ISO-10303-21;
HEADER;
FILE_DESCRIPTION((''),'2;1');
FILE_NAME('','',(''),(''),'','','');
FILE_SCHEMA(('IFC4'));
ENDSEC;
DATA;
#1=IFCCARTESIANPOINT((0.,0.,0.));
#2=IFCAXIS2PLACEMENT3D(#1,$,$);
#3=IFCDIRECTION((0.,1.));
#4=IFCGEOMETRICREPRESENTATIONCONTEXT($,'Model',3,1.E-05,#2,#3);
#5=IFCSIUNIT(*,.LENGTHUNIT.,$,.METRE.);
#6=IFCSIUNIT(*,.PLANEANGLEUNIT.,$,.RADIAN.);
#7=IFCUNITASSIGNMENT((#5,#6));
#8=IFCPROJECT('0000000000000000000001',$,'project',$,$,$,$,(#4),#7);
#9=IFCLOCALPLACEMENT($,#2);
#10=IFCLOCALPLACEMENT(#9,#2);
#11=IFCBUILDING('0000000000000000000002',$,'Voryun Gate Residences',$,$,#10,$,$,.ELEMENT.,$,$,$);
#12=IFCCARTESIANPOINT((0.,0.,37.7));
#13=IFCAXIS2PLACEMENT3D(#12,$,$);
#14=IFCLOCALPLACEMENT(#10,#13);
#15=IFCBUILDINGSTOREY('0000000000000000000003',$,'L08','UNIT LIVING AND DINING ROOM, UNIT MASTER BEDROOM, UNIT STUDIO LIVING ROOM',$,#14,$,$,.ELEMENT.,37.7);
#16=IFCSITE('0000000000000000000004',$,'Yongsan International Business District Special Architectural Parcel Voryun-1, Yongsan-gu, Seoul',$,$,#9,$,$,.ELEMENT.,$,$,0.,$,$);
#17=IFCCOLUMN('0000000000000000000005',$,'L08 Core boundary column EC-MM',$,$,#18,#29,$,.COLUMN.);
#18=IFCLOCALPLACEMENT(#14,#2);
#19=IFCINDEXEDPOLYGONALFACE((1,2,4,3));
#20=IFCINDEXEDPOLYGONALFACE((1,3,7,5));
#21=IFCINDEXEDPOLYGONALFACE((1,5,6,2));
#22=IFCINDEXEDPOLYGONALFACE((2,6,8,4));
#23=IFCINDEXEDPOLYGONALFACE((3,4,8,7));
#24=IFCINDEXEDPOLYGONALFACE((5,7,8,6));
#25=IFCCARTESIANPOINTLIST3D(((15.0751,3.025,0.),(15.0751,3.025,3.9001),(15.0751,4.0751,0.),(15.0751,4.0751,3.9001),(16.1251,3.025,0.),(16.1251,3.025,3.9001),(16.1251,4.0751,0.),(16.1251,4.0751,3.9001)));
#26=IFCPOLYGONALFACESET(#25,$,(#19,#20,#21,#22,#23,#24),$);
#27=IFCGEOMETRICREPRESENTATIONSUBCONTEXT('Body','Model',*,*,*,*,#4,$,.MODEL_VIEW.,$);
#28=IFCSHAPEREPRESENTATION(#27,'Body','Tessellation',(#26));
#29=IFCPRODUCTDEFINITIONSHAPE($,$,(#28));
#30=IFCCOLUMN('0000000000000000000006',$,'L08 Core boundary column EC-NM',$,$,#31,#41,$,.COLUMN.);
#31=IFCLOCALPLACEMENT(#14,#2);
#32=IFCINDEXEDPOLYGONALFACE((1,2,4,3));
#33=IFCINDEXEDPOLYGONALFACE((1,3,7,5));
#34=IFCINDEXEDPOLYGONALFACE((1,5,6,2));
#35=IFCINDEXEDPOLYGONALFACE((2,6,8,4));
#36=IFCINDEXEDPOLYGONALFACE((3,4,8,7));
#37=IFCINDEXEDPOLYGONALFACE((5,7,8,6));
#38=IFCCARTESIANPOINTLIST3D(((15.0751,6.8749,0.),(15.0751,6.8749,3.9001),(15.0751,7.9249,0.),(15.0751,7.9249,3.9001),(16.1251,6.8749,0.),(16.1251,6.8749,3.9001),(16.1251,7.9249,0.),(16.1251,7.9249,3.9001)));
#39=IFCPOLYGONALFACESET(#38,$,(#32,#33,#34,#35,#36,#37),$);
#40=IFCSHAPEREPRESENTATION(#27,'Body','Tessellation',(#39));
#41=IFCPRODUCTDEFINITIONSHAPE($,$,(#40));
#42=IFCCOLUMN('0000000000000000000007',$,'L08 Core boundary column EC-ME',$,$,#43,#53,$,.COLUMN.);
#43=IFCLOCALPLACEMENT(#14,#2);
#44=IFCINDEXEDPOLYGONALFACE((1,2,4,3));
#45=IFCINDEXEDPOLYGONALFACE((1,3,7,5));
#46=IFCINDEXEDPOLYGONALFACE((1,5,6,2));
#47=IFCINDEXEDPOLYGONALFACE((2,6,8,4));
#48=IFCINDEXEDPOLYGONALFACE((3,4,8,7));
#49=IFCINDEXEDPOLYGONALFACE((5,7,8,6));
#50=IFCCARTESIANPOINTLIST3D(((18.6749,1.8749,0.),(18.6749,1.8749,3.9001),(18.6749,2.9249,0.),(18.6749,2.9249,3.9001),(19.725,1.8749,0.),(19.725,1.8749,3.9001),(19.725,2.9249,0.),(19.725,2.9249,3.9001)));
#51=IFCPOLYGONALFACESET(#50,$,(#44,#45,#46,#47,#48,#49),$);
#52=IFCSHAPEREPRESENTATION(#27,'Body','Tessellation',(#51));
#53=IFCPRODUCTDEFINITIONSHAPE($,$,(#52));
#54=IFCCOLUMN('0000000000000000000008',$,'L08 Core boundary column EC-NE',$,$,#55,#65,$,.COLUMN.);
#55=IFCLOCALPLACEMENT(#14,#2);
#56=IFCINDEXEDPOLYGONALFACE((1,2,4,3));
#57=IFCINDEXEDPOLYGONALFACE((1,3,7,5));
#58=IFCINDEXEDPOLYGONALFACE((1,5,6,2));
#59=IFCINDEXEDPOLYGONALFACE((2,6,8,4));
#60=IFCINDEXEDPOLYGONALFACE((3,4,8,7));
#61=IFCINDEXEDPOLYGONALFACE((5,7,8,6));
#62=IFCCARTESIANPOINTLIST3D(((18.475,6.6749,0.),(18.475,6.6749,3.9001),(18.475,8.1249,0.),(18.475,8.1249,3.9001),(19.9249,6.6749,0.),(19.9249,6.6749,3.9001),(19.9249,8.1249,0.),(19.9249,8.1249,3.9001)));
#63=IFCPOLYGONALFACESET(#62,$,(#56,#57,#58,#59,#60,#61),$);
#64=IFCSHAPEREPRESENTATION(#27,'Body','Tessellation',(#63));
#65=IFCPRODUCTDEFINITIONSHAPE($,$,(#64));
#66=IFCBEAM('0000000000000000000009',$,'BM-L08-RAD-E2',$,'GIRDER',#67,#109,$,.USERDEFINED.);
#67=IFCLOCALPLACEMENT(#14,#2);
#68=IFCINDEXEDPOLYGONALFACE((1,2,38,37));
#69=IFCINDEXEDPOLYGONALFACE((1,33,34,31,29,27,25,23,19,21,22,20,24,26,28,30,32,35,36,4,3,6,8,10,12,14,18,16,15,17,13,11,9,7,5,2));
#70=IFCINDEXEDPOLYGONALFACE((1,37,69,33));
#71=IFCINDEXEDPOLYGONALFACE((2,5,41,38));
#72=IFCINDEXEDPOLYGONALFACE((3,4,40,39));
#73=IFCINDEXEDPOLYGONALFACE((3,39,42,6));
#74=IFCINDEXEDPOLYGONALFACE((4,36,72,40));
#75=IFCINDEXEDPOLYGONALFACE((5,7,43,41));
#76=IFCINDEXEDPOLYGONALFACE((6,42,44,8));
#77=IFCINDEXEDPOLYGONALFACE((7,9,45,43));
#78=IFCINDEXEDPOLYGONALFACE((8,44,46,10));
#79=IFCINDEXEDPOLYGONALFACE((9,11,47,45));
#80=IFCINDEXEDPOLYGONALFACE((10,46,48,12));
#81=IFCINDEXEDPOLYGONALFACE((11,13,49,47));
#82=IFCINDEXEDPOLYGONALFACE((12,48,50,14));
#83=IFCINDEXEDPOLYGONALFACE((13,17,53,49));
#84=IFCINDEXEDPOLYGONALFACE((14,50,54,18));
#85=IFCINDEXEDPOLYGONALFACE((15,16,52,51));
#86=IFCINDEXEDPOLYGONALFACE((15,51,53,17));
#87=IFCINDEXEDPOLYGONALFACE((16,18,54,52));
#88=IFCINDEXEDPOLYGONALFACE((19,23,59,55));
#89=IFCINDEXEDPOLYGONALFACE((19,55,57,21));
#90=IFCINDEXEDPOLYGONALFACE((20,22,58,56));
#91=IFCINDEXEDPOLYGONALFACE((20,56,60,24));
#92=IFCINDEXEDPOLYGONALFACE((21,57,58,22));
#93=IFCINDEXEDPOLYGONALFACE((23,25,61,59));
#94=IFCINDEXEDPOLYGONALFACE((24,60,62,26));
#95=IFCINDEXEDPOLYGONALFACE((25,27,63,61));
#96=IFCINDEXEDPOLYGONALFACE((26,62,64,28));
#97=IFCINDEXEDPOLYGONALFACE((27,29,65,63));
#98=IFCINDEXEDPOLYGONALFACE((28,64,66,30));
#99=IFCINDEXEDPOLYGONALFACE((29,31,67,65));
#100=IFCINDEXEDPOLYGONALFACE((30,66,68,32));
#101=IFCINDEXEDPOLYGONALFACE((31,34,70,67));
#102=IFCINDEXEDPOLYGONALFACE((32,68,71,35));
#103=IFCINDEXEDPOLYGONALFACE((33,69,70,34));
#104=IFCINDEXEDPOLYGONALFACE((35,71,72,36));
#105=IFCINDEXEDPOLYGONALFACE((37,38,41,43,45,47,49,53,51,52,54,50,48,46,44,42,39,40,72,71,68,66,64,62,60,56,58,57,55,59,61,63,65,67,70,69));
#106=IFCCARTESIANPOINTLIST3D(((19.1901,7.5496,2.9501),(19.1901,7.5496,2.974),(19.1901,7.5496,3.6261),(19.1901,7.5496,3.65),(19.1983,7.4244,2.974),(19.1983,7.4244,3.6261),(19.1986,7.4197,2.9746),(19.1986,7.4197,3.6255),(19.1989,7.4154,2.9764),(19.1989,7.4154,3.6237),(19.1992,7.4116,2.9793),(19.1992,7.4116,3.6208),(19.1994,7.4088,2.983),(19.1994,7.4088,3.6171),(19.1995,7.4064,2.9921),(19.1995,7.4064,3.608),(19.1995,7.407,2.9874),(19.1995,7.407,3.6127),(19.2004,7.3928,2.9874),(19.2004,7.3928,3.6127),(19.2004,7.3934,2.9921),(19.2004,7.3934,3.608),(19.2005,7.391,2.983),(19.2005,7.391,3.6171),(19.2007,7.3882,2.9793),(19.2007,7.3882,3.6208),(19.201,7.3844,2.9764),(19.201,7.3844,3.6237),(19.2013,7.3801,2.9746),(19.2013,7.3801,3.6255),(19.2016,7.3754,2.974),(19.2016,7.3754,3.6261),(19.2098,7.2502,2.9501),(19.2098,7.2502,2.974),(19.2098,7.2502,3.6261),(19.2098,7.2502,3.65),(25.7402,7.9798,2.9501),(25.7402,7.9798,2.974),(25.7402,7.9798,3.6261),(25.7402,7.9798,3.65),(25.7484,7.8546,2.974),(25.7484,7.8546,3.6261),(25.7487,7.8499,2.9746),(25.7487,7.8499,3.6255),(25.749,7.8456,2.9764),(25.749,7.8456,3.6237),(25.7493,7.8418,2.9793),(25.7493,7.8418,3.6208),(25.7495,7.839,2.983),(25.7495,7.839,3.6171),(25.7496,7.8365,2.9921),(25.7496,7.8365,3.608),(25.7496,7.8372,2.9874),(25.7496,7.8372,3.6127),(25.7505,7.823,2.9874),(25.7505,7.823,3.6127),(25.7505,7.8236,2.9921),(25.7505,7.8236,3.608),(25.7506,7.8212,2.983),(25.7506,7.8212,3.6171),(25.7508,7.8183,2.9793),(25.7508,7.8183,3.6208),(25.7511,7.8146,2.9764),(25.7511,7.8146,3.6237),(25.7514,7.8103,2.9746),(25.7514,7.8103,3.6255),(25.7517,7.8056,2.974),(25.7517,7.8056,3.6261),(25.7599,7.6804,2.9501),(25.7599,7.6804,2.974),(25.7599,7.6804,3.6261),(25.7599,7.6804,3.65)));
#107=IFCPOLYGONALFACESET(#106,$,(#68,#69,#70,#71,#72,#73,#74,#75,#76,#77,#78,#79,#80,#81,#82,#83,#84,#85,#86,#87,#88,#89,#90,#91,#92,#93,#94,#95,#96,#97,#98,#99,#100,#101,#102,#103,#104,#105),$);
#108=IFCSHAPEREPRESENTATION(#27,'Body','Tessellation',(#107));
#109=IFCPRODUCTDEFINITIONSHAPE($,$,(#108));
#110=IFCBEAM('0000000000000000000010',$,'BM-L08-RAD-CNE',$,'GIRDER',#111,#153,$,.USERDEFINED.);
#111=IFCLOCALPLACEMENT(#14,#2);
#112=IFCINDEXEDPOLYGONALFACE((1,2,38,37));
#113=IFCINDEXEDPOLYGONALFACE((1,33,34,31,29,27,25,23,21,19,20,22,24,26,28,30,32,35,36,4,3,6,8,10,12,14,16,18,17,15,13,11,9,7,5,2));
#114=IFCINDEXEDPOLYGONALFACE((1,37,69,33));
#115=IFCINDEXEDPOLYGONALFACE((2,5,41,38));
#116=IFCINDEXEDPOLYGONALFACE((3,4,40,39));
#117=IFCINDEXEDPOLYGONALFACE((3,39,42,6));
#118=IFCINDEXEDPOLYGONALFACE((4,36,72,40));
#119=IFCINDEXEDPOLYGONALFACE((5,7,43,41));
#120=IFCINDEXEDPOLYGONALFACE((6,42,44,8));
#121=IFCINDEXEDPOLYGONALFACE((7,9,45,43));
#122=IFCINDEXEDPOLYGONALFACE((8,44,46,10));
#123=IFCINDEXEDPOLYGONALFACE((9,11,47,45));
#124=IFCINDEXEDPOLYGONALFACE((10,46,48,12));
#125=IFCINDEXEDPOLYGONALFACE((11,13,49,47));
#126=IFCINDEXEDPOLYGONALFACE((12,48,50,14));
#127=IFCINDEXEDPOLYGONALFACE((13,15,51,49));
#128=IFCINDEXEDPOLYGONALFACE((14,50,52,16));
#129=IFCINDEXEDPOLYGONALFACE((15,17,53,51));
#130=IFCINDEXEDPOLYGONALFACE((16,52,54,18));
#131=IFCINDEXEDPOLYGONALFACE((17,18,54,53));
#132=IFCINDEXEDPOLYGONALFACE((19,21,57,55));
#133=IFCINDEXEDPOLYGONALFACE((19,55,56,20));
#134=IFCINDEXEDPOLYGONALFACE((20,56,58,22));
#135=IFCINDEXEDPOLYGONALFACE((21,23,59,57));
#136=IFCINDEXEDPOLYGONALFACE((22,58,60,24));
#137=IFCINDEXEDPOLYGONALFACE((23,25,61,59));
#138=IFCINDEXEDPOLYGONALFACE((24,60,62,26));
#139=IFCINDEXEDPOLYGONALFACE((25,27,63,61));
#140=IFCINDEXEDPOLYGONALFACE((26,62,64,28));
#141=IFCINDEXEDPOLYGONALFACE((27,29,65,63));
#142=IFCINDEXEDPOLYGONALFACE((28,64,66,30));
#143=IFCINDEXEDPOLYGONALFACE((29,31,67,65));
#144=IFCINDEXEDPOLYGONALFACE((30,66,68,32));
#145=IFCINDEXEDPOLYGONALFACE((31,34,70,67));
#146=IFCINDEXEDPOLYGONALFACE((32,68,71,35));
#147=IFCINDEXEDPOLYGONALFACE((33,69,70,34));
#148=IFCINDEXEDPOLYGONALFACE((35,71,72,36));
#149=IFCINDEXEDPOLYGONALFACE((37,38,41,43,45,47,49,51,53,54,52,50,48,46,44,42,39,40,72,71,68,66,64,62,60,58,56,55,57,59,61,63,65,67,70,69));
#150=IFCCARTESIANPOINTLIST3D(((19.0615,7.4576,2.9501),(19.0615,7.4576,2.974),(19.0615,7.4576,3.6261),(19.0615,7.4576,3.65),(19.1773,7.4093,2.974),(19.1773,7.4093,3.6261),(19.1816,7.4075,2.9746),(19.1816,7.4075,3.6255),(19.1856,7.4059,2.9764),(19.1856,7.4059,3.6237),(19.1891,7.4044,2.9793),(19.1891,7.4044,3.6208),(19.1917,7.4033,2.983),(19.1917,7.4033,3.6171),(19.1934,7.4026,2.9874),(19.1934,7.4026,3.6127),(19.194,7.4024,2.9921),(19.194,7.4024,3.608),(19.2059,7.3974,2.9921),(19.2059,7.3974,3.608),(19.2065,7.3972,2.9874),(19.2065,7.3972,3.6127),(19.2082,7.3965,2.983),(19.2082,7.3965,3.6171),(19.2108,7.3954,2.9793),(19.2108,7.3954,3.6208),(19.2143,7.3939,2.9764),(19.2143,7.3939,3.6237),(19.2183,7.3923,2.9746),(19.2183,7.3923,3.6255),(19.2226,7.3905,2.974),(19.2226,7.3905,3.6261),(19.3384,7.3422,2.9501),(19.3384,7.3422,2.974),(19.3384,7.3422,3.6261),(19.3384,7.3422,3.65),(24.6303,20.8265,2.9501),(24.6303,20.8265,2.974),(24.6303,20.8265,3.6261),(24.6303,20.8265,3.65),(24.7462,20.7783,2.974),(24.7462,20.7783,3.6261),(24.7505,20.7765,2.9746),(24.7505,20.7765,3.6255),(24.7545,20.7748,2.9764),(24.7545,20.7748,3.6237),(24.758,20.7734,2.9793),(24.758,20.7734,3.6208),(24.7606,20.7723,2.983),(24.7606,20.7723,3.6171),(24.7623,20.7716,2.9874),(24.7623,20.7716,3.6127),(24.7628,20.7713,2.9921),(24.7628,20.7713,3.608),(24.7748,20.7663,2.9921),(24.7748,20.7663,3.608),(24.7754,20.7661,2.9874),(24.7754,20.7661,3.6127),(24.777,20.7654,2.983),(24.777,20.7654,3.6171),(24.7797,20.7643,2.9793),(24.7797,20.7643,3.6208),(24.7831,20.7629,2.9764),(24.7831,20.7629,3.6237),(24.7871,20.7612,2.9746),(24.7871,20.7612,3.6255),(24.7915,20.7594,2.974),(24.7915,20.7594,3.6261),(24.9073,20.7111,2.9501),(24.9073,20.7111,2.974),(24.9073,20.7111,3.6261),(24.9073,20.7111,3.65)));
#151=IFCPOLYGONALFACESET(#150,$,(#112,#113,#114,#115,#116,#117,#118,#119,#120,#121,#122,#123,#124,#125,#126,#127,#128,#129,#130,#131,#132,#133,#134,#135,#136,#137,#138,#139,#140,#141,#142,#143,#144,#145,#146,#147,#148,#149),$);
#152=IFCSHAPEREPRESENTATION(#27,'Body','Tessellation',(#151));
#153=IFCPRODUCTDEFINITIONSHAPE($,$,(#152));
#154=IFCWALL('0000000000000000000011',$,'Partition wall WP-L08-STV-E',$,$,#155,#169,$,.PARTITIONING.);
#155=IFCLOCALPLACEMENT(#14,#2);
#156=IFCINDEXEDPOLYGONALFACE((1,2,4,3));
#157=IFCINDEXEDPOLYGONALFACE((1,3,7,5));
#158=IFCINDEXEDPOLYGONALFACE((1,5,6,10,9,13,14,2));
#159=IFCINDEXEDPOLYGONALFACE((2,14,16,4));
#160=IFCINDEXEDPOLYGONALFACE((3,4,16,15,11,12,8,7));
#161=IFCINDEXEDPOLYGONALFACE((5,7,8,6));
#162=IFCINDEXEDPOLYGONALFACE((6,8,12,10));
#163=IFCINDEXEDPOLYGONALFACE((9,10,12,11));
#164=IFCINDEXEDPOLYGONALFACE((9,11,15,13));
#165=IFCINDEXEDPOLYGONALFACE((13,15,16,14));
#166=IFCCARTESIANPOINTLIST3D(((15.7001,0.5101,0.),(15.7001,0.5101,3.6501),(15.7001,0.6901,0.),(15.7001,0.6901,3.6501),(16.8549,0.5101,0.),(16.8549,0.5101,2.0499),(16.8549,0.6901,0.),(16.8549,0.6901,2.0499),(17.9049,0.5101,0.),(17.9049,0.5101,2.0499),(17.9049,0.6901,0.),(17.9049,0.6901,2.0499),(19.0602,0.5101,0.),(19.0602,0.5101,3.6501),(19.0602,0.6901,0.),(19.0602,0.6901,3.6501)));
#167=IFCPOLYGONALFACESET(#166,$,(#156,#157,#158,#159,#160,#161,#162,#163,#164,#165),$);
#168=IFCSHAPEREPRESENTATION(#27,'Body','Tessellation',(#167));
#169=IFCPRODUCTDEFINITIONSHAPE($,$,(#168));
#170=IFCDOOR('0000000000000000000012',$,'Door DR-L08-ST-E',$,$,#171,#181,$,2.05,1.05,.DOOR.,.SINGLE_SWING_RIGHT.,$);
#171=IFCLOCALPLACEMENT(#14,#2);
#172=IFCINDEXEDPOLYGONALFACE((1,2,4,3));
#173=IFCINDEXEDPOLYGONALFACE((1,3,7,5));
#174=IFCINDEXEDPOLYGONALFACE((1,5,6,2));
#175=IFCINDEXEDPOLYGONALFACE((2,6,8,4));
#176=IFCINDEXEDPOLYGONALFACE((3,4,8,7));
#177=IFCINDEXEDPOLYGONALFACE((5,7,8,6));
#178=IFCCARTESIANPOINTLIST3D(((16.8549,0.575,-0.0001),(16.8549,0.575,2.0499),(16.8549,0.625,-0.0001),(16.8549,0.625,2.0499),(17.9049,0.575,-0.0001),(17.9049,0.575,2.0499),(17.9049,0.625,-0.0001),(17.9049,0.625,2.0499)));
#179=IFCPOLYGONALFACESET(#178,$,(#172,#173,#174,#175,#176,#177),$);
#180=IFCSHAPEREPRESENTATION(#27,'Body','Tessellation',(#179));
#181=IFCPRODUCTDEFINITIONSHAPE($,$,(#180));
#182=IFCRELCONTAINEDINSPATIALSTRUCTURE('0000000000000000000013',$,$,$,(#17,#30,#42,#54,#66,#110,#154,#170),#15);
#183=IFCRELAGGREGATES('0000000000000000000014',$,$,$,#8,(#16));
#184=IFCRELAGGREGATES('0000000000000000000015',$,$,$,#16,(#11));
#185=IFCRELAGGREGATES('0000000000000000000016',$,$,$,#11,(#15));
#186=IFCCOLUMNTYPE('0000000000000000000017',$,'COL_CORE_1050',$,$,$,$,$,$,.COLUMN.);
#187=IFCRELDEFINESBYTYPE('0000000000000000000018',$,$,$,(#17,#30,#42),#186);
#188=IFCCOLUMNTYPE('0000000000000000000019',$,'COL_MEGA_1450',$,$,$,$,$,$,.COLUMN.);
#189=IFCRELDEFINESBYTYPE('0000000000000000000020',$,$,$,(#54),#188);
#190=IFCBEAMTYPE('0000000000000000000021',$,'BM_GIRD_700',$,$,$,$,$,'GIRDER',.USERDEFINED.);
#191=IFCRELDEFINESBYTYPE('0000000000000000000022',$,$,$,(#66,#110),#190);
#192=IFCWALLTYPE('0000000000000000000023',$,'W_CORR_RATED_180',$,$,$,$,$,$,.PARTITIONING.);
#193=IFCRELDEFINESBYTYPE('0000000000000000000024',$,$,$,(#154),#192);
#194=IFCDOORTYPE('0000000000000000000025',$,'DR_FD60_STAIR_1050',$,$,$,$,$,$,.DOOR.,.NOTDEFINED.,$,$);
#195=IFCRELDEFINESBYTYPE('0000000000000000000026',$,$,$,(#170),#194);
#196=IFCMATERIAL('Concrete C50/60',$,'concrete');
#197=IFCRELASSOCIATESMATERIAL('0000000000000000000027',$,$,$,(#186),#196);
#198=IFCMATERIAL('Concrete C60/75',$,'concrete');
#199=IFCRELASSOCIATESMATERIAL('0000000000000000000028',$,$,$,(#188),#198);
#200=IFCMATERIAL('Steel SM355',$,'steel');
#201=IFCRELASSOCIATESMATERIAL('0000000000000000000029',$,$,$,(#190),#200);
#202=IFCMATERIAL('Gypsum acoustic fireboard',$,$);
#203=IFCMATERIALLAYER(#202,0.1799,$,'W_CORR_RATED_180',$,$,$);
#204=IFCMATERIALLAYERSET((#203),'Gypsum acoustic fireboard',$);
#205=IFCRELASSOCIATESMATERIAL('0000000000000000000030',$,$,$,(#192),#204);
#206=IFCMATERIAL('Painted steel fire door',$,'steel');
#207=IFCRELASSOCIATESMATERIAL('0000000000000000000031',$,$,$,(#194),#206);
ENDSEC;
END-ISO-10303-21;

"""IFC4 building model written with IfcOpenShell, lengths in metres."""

from ifc_helpers import new_model, si_unit, direction, frame, frame_2d, origin, origin_2d, place, context, subcontext, project, spatial, rectangle, i_section, extrude, material, layer, layer_set, material_profile, profile_set, type_object, element, fill, save


model = new_model("IFC4")

# Units and contexts
model_context = context("Model", 3, precision=1e-05, world=origin(), true_north=direction((0.0, 1.0)))
body_context = subcontext(model_context, "Body", "Model", "MODEL_VIEW")
ifc_project = project(units=[si_unit("LENGTHUNIT", "METRE"), si_unit("PLANEANGLEUNIT", "RADIAN")], contexts=[model_context])

# Site, building, storey
site_placement = place(None, origin())
site = spatial("IfcSite", under=ifc_project, at=site_placement, Name="Yongsan International Business District Special Architectural Parcel Voryun-1, Yongsan-gu, Seoul", CompositionType="ELEMENT", RefElevation=0.0)
building_placement = place(site_placement, origin())
building = spatial("IfcBuilding", under=site, at=building_placement, Name="Voryun Gate Residences", CompositionType="ELEMENT")
storey_placement = place(building_placement, frame((0.0, 0.0, 37.7)))
storey = spatial("IfcBuildingStorey", under=building, at=storey_placement, Name="L08", Description="UNIT LIVING AND DINING ROOM, UNIT MASTER BEDROOM, UNIT STUDIO LIVING ROOM", CompositionType="ELEMENT", Elevation=37.7)

# Columns
ifc_material_1 = material(Name="Concrete C50/60", Category="concrete")
ifc_material_profile_1 = material_profile(ifc_material_1, rectangle(XDim=1.05, YDim=1.05, at=origin_2d()), Name="RC-1050x1050")
ifc_profile_set_1 = profile_set([ifc_material_profile_1], Name="Concrete C50/60")
column_type_1 = type_object("IfcColumnType", Name="COL_CORE_1050", PredefinedType="COLUMN", material=ifc_profile_set_1)
for number, where, z_axis, x_axis, name in (
    (1, (15.6001, 3.55, 0.0), (0.0, 0.0, 1.0), (1.0, 0.0, 0.0), "L08 Core boundary column EC-MM"),
    (2, (15.6001, 7.3999, 0.0), (0.0, 0.0, 1.0), (1.0, 0.0, 0.0), "L08 Core boundary column EC-NM"),
    (3, (19.2, 2.3999, 0.0), (0.0, 0.0, 1.0), (1.0, 0.0, 0.0), "L08 Core boundary column EC-ME"),
):
    element("IfcColumn", number, at=place(storey_placement, frame(where, z_axis=z_axis, x_axis=x_axis)), inside=storey, type_object=column_type_1, Name=name, PredefinedType="COLUMN", context=body_context, shape_type="SweptSolid", body=[
        extrude(rectangle(XDim=1.05, YDim=1.05, at=origin_2d()), origin(), (0.0, 0.0, 1.0), 3.9001),
    ])
ifc_material_2 = material(Name="Concrete C60/75", Category="concrete")
ifc_material_profile_2 = material_profile(ifc_material_2, rectangle(XDim=1.45, YDim=1.45, at=origin_2d()), Name="RC-1450x1450")
ifc_profile_set_2 = profile_set([ifc_material_profile_2], Name="Concrete C60/75")
column_type_2 = type_object("IfcColumnType", Name="COL_MEGA_1450", PredefinedType="COLUMN", material=ifc_profile_set_2)
column_placement = place(storey_placement, frame((19.2, 7.3999, 0.0), z_axis=(0.0, 0.0, 1.0), x_axis=(1.0, 0.0, 0.0)))
element("IfcColumn", 4, at=column_placement, inside=storey, type_object=column_type_2, Name="L08 Core boundary column EC-NE", PredefinedType="COLUMN", context=body_context, shape_type="SweptSolid", body=[
    extrude(rectangle(XDim=1.45, YDim=1.45, at=origin_2d()), origin(), (0.0, 0.0, 1.0), 3.9001),
])

# Beams
ifc_material_3 = material(Name="Steel SM355", Category="steel")
ifc_material_profile_3 = material_profile(ifc_material_3, i_section(OverallWidth=0.3, OverallDepth=0.7, WebThickness=0.0129, FlangeThickness=0.0239, FilletRadius=0.0181, at=origin_2d()), Name="H-700x300x13x24")
ifc_profile_set_3 = profile_set([ifc_material_profile_3], Name="Steel SM355")
beam_type = type_object("IfcBeamType", Name="BM_GIRD_700", ElementType="GIRDER", PredefinedType="USERDEFINED", material=ifc_profile_set_3)
beam_1_placement = place(storey_placement, frame((19.2, 7.3999, 3.3), z_axis=(0.99785, 0.065534, 0.0), x_axis=(-0.065534, 0.99785, 0.0)))
element("IfcBeam", 5, at=beam_1_placement, inside=storey, type_object=beam_type, Name="BM-L08-RAD-E2", ObjectType="GIRDER", PredefinedType="USERDEFINED", context=body_context, shape_type="SweptSolid", body=[
    extrude(i_section(OverallWidth=0.3, OverallDepth=0.7, WebThickness=0.0129, FlangeThickness=0.0239, FilletRadius=0.0181, at=origin_2d()), origin(), (0.0, 0.0, 1.0), 6.5642),
])
beam_2_placement = place(storey_placement, frame((19.2, 7.3999, 3.3), z_axis=(0.384526, 0.923114, 0.0), x_axis=(-0.923114, 0.384526, 0.0)))
element("IfcBeam", 6, at=beam_2_placement, inside=storey, type_object=beam_type, Name="BM-L08-RAD-CNE", ObjectType="GIRDER", PredefinedType="USERDEFINED", context=body_context, shape_type="SweptSolid", body=[
    extrude(i_section(OverallWidth=0.3, OverallDepth=0.7, WebThickness=0.0129, FlangeThickness=0.0239, FilletRadius=0.0181, at=origin_2d()), origin(), (0.0, 0.0, 1.0), 14.4824),
])

# Wall, opening, door
ifc_material_4 = material(Name="Gypsum acoustic fireboard")
ifc_layer_1 = layer(ifc_material_4, 0.1799, Name="W_CORR_RATED_180")
ifc_layer_set_1 = layer_set([ifc_layer_1], Name="Gypsum acoustic fireboard")
wall_type_1 = type_object("IfcWallType", Name="W_CORR_RATED_180", PredefinedType="PARTITIONING", material=ifc_layer_set_1)
wall_1_placement = place(storey_placement, frame((15.7, 0.6001, 0.0), z_axis=(0.0, 0.0, 1.0), x_axis=(1.0, 0.0, 0.0)))
wall_1 = element("IfcWall", 7, at=wall_1_placement, inside=storey, type_object=wall_type_1, Name="Partition wall WP-L08-STV-E", PredefinedType="PARTITIONING", context=body_context, shape_type="SweptSolid", body=[
    extrude(rectangle(XDim=3.3601, YDim=0.1799, at=frame_2d((1.6802, 0.0))), origin(), (0.0, 0.0, 1.0), 3.6501),
])
opening_1_placement = place(wall_1_placement, frame((1.155, 0.0, 0.0)))
opening_1 = element("IfcOpeningElement", 8, at=opening_1_placement, cuts=wall_1, PredefinedType="OPENING", context=body_context, shape_type="SweptSolid", body=[
    extrude(rectangle(XDim=1.05, YDim=2.05, at=frame_2d((0.5249, 1.0249))), frame((0.0, 0.0999, 0.0), z_axis=(0.0, -1.0, 0.0), x_axis=(1.0, 0.0, 0.0)), (0.0, 0.0, 1.0), 0.2),
])
ifc_material_5 = material(Name="Painted steel fire door", Category="steel")
door_type_1 = type_object("IfcDoorType", Name="DR_FD60_STAIR_1050", OperationType="NOTDEFINED", PredefinedType="DOOR", material=ifc_material_5)
door_1_placement = place(opening_1_placement, origin())
door_1 = element("IfcDoor", 9, at=door_1_placement, inside=storey, type_object=door_type_1, Name="Door DR-L08-ST-E", OperationType="SINGLE_SWING_RIGHT", OverallHeight=2.05, OverallWidth=1.05, PredefinedType="DOOR", context=body_context, shape_type="SweptSolid", body=[
    extrude(rectangle(XDim=1.05, YDim=2.05, at=frame_2d((0.5249, 1.0249))), frame((0.0, 0.0249, 0.0), z_axis=(0.0, -1.0, 0.0), x_axis=(1.0, 0.0, 0.0)), (0.0, 0.0, 1.0), 0.05),
])
fill(opening_1, door_1)

save(model, "model.ifc")
